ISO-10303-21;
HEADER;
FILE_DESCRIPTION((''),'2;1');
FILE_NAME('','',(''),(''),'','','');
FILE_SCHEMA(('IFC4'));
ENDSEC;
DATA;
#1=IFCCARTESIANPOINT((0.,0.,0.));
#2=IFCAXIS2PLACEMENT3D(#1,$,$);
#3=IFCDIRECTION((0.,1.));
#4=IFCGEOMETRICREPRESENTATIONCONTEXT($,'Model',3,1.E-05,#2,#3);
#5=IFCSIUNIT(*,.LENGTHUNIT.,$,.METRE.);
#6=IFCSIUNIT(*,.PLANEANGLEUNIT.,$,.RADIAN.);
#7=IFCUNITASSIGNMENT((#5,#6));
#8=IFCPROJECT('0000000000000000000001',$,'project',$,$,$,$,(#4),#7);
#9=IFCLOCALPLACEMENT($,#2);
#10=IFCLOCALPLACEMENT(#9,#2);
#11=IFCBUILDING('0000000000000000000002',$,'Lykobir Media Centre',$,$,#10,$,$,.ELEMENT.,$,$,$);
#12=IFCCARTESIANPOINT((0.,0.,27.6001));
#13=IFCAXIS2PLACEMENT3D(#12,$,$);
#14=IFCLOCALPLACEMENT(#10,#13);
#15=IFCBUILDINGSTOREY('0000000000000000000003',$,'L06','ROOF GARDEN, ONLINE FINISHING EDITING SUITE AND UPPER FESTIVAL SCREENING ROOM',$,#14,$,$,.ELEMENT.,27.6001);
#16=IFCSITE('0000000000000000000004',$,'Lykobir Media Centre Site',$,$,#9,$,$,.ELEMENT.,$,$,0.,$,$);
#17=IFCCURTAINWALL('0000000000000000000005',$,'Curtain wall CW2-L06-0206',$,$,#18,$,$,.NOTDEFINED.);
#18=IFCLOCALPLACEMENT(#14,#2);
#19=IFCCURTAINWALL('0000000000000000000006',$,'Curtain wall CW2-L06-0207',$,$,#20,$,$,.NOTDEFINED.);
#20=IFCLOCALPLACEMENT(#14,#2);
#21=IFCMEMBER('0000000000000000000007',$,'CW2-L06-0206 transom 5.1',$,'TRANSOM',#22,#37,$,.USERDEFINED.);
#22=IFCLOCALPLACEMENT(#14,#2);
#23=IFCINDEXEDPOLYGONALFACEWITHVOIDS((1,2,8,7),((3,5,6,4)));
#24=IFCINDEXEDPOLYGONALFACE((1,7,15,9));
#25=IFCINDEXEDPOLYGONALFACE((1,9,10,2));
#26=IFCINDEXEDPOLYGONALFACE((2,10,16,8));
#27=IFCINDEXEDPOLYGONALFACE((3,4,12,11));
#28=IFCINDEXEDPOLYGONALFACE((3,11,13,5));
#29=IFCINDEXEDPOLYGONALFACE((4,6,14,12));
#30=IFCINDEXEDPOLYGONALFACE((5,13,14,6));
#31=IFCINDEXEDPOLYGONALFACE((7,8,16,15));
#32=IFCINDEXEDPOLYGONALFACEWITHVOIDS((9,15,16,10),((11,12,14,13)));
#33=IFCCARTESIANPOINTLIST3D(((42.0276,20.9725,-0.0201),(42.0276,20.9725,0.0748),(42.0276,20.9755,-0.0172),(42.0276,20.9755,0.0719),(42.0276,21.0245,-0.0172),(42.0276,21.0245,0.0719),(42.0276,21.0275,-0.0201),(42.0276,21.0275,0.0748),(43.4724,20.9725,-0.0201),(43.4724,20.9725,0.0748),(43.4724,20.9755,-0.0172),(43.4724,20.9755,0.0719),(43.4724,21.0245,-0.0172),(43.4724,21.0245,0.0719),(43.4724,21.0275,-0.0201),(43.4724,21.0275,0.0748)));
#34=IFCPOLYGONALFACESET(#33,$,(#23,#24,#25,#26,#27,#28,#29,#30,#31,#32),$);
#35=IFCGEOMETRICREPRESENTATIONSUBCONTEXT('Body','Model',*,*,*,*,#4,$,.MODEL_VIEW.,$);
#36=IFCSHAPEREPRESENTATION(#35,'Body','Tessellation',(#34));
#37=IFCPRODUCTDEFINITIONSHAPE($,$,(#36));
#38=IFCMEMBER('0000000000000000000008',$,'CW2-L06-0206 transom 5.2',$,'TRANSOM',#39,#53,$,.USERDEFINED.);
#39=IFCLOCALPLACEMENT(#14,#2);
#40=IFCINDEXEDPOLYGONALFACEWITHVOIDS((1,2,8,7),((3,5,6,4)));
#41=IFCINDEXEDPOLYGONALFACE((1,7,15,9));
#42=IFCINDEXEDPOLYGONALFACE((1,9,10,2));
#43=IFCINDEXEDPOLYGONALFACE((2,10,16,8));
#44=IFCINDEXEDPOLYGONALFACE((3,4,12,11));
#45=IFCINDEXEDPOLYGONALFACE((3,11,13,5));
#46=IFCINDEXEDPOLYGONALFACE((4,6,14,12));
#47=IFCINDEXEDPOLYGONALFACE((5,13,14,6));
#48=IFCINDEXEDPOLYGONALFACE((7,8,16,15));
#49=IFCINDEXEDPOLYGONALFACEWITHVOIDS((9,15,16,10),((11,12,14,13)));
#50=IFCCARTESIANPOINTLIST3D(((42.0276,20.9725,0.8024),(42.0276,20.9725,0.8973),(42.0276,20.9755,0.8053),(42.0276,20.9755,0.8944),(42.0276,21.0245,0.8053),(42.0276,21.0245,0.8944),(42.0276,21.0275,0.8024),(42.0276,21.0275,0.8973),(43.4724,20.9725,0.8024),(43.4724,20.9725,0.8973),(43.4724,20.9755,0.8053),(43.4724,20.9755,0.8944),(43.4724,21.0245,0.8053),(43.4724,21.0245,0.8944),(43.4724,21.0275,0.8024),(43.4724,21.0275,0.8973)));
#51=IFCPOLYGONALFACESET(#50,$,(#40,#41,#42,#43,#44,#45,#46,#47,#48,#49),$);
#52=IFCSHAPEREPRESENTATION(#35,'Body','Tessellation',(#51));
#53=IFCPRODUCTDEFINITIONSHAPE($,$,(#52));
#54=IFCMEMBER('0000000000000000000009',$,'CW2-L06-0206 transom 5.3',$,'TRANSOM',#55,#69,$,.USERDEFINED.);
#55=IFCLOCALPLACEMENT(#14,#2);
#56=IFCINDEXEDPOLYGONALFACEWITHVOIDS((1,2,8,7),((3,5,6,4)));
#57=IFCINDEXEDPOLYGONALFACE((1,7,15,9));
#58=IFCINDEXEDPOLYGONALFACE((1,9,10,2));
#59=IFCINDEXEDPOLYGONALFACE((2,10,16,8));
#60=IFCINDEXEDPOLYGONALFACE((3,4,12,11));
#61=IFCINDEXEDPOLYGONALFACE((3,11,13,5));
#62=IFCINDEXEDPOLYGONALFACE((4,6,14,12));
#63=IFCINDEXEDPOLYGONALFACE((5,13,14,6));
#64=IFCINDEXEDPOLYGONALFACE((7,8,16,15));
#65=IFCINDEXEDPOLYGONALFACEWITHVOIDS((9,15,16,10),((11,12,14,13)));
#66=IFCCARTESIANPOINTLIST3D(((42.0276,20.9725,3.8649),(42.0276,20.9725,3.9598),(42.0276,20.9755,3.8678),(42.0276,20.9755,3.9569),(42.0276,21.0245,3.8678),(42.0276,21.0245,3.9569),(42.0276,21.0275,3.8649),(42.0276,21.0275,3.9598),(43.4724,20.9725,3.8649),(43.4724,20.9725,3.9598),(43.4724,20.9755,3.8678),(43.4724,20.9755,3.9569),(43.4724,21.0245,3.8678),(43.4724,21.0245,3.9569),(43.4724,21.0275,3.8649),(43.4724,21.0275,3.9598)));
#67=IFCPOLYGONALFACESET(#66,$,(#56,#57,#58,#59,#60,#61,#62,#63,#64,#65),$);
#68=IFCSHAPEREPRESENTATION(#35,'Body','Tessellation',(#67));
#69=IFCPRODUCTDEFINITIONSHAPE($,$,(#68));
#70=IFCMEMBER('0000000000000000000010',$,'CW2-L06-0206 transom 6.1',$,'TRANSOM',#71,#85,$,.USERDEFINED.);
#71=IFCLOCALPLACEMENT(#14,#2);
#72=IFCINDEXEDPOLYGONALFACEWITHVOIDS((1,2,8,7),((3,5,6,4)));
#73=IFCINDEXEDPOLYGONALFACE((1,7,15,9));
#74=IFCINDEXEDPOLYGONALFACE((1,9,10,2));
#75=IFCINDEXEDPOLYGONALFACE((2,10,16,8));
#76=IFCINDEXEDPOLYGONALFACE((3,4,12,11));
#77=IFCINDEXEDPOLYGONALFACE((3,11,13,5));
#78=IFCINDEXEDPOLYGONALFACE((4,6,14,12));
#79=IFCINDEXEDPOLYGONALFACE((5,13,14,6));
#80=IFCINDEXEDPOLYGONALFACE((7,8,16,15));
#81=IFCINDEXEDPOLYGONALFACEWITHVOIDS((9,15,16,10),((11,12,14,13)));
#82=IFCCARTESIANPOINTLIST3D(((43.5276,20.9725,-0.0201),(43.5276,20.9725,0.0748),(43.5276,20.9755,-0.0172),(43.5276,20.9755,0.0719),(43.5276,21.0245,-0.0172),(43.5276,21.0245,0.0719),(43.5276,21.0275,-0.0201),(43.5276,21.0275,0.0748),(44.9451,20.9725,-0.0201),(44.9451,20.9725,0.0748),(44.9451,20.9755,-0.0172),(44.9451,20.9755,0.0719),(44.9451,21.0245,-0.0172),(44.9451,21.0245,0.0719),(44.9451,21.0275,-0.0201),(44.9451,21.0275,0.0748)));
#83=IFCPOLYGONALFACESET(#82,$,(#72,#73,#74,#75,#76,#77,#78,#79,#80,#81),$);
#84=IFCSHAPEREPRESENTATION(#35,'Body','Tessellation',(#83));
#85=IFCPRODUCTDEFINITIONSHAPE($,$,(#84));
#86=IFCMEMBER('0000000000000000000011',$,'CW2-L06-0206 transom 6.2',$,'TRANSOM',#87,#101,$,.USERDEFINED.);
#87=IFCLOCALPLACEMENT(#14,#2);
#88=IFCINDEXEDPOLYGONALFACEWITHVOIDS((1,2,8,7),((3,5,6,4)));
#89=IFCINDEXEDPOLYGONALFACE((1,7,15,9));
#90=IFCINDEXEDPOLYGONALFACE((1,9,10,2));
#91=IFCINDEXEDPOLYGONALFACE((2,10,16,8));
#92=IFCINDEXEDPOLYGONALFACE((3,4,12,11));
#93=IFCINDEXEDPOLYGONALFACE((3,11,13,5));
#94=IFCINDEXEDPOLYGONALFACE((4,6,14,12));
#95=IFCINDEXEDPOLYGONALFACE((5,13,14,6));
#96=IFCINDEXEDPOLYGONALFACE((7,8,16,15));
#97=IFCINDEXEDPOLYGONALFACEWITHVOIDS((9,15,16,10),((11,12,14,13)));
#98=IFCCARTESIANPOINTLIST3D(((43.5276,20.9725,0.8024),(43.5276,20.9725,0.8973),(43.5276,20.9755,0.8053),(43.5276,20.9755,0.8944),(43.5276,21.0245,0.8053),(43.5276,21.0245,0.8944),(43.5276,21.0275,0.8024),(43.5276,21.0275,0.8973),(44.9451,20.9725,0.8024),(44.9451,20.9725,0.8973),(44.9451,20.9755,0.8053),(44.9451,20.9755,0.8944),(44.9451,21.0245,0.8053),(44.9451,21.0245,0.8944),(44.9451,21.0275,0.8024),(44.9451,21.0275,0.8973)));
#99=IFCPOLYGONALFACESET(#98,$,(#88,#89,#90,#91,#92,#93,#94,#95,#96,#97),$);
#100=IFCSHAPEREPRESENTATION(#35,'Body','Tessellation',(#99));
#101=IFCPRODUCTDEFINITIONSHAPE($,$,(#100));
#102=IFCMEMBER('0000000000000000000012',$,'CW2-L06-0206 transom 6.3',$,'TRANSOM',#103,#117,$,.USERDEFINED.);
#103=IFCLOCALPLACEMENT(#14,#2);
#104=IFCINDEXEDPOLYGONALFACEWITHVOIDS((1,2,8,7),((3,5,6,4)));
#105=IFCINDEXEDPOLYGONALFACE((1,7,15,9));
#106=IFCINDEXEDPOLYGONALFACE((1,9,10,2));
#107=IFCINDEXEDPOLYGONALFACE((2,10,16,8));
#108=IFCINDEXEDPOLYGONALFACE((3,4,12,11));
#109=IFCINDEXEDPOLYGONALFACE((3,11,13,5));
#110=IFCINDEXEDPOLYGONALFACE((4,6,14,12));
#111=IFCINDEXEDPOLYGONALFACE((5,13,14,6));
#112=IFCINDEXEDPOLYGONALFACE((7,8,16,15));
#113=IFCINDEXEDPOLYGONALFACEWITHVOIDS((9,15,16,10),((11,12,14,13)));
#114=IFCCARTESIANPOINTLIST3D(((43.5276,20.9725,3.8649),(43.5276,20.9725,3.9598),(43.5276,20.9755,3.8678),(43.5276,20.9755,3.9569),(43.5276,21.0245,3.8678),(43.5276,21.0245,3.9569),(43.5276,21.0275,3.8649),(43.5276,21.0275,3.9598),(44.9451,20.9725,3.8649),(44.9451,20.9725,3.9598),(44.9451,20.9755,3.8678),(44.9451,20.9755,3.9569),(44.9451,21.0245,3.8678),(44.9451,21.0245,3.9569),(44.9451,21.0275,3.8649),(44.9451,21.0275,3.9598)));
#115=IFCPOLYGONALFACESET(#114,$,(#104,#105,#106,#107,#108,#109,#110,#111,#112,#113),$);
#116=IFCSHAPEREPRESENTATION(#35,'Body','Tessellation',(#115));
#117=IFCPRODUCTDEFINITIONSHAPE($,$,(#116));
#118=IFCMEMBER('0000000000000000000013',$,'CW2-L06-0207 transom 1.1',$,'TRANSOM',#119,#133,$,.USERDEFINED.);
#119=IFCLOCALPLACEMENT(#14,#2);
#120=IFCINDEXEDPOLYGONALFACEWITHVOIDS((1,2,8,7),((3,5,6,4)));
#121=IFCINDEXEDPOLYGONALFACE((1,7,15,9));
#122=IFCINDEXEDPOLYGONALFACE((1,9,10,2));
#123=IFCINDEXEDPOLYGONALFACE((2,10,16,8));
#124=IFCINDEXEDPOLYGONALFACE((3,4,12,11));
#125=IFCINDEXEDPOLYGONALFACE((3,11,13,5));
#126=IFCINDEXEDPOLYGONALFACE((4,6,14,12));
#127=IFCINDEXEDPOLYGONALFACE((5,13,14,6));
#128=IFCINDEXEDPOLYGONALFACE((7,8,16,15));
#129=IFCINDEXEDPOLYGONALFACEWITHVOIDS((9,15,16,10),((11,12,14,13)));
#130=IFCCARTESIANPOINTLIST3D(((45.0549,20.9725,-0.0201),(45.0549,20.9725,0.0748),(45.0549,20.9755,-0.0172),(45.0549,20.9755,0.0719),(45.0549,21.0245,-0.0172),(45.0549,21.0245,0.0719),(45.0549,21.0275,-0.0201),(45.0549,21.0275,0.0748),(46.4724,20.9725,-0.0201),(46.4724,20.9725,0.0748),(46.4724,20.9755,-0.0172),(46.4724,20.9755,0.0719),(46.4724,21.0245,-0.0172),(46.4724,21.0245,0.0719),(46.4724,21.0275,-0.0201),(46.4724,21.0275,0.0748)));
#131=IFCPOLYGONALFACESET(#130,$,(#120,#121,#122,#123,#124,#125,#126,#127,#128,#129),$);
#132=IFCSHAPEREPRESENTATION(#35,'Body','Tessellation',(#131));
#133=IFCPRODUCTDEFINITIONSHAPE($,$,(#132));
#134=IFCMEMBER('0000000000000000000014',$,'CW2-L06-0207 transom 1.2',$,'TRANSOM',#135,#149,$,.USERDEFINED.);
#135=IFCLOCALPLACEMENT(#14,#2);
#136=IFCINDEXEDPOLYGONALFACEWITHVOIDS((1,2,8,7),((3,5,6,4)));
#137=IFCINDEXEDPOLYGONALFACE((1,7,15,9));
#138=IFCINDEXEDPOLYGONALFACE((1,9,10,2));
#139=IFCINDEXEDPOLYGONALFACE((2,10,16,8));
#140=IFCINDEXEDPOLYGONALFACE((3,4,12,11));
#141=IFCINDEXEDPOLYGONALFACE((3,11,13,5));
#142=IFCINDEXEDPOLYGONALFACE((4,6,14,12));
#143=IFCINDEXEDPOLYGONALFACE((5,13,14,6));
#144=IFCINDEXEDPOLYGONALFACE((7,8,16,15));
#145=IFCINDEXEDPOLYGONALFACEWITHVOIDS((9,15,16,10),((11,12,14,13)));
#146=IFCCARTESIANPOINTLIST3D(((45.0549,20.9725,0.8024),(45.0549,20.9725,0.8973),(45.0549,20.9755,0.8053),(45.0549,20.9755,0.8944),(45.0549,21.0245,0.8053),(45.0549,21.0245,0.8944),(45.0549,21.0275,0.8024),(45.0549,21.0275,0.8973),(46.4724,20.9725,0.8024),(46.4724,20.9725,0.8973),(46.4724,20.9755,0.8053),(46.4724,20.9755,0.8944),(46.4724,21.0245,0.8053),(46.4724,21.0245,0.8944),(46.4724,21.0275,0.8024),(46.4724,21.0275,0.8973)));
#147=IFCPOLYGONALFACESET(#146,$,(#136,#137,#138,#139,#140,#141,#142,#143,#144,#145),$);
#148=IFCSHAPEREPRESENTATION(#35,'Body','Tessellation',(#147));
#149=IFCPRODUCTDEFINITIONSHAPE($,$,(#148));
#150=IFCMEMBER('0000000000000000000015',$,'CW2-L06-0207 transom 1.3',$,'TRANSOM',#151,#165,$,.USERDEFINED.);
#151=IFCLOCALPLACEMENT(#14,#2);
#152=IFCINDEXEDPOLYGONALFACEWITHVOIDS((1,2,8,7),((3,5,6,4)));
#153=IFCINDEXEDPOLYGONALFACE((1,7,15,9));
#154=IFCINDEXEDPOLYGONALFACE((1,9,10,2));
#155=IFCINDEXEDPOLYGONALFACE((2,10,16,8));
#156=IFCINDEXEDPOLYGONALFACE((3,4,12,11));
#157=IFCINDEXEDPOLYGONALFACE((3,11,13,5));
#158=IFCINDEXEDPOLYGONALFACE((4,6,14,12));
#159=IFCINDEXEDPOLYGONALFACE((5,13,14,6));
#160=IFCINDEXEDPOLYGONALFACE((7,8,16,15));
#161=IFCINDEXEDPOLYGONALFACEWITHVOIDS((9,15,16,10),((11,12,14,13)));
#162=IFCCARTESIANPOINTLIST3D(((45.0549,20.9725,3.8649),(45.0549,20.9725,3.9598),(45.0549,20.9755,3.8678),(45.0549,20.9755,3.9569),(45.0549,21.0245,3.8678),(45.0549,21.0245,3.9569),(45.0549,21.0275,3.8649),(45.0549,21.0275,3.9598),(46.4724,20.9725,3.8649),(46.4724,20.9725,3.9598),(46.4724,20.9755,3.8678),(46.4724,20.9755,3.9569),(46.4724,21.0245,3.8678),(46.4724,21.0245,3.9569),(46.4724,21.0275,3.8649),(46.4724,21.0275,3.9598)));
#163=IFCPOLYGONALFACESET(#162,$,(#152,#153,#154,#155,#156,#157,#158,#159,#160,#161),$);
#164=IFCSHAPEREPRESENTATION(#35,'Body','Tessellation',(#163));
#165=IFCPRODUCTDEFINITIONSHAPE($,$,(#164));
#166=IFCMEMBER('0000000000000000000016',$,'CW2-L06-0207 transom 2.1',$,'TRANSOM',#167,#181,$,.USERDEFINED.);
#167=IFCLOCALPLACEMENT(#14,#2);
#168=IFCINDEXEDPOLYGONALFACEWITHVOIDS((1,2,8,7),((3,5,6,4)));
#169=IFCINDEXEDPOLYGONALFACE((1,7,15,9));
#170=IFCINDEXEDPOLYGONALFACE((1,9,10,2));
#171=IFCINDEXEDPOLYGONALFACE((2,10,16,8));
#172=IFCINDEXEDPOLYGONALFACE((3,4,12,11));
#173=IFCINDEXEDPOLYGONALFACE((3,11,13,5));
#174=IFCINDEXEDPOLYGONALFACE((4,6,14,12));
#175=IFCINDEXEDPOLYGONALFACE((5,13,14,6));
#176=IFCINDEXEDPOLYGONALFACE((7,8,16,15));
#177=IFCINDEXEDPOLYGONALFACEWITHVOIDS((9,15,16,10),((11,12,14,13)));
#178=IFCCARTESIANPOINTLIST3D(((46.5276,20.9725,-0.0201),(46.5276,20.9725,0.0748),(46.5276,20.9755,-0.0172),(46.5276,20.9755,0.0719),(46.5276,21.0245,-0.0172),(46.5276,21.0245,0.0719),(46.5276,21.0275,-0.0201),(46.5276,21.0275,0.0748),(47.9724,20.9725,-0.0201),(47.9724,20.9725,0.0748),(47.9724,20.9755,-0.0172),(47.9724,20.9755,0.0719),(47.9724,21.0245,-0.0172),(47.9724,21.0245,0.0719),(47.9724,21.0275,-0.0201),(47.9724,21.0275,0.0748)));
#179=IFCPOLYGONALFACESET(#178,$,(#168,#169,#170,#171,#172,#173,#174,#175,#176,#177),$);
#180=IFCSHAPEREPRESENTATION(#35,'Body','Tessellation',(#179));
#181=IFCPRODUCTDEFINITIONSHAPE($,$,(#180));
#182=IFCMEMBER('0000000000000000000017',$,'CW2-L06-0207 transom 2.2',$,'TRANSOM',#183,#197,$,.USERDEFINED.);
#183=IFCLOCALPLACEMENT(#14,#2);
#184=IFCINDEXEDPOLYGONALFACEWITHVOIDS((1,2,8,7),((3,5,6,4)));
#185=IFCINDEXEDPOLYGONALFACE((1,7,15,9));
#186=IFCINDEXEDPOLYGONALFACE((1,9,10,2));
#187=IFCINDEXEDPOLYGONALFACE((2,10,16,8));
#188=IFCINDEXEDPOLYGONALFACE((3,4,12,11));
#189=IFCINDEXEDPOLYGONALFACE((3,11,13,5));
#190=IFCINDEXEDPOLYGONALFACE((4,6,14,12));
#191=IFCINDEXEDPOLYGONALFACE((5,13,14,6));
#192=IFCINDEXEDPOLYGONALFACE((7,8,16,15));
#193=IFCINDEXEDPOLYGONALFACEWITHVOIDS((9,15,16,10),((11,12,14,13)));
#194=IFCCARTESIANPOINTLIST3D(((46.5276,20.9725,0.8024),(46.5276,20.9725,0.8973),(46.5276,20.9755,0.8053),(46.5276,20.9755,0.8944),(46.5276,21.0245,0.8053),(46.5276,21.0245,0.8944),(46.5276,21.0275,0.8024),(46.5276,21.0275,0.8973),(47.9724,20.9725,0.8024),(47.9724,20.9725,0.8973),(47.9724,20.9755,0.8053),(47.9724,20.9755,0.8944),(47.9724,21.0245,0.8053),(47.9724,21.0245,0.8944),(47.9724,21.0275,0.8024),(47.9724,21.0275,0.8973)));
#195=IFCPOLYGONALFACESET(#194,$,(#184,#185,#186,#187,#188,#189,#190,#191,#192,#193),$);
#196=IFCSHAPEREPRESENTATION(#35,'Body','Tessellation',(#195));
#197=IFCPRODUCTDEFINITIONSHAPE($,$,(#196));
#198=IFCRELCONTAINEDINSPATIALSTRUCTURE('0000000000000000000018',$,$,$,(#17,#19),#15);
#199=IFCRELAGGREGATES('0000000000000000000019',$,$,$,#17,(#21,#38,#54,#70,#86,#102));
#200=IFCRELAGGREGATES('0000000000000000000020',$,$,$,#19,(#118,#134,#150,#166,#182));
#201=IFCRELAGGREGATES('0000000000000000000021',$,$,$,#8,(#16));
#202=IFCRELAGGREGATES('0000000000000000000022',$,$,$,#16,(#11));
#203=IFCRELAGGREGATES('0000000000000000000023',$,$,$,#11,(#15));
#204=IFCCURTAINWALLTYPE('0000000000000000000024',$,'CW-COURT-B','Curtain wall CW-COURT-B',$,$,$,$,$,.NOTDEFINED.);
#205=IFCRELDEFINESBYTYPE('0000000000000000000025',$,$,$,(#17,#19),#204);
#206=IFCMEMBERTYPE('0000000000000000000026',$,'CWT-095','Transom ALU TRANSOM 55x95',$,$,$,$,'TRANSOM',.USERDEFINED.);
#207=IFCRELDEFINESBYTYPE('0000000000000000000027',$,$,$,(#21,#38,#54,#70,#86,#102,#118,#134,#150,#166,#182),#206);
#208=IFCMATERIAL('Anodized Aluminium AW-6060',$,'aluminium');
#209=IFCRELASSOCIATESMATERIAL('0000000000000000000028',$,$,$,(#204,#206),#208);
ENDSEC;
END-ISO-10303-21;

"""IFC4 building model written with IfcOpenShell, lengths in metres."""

from ifc_helpers import new_model, si_unit, direction, frame, origin, origin_2d, place, context, subcontext, project, spatial, hollow_rectangle, extrude, material, material_profile, profile_set, type_object, element, aggregate, save


model = new_model("IFC4")

# Units and contexts
model_context = context("Model", 3, precision=1e-05, world=origin(), true_north=direction((0.0, 1.0)))
body_context = subcontext(model_context, "Body", "Model", "MODEL_VIEW")
ifc_project = project(units=[si_unit("LENGTHUNIT", "METRE"), si_unit("PLANEANGLEUNIT", "RADIAN")], contexts=[model_context])

# Site, building, storey
site_placement = place(None, origin())
site = spatial("IfcSite", under=ifc_project, at=site_placement, Name="Lykobir Media Centre Site", CompositionType="ELEMENT", RefElevation=0.0)
building_placement = place(site_placement, origin())
building = spatial("IfcBuilding", under=site, at=building_placement, Name="Lykobir Media Centre", CompositionType="ELEMENT")
storey_placement = place(building_placement, frame((0.0, 0.0, 27.6001)))
storey = spatial("IfcBuildingStorey", under=building, at=storey_placement, Name="L06", Description="ROOF GARDEN, ONLINE FINISHING EDITING SUITE AND UPPER FESTIVAL SCREENING ROOM", CompositionType="ELEMENT", Elevation=27.6001)

# Curtain walls
ifc_material_1 = material(Name="Anodized Aluminium AW-6060", Category="aluminium")
curtain_wall_type = type_object("IfcCurtainWallType", Name="CW-COURT-B", Description="Curtain wall CW-COURT-B", PredefinedType="NOTDEFINED", material=ifc_material_1)
curtain_wall_1_placement = place(storey_placement, origin())
curtain_wall_1 = element("IfcCurtainWall", 1, at=curtain_wall_1_placement, inside=storey, type_object=curtain_wall_type, Name="Curtain wall CW2-L06-0206", PredefinedType="NOTDEFINED")
curtain_wall_2_placement = place(storey_placement, origin())
curtain_wall_2 = element("IfcCurtainWall", 2, at=curtain_wall_2_placement, inside=storey, type_object=curtain_wall_type, Name="Curtain wall CW2-L06-0207", PredefinedType="NOTDEFINED")

# Members
ifc_material_profile_1 = material_profile(ifc_material_1, hollow_rectangle(XDim=0.0549, YDim=0.095, WallThickness=0.0029, at=origin_2d()), Name="ALU TRANSOM 55x95")
ifc_profile_set_1 = profile_set([ifc_material_profile_1], Name="Anodized Aluminium AW-6060")
member_type_1 = type_object("IfcMemberType", Name="CWT-095", Description="Transom ALU TRANSOM 55x95", ElementType="TRANSOM", PredefinedType="USERDEFINED", material=ifc_profile_set_1)
member_1_placement = place(storey_placement, frame((42.0276, 21.0, 0.0273), z_axis=(1.0, 0.0, 0.0), x_axis=(0.0, 1.0, 0.0)))
member_1 = element("IfcMember", 3, at=member_1_placement, type_object=member_type_1, Name="CW2-L06-0206 transom 5.1", ObjectType="TRANSOM", PredefinedType="USERDEFINED", context=body_context, shape_type="SweptSolid", body=[
    extrude(hollow_rectangle(XDim=0.0549, YDim=0.095, WallThickness=0.0029, at=origin_2d()), origin(), (0.0, 0.0, 1.0), 1.4448),
])
member_2_placement = place(storey_placement, frame((42.0276, 21.0, 0.8499), z_axis=(1.0, 0.0, 0.0), x_axis=(0.0, 1.0, 0.0)))
member_2 = element("IfcMember", 4, at=member_2_placement, type_object=member_type_1, Name="CW2-L06-0206 transom 5.2", ObjectType="TRANSOM", PredefinedType="USERDEFINED", context=body_context, shape_type="SweptSolid", body=[
    extrude(hollow_rectangle(XDim=0.0549, YDim=0.095, WallThickness=0.0029, at=origin_2d()), origin(), (0.0, 0.0, 1.0), 1.4448),
])
member_3_placement = place(storey_placement, frame((42.0276, 21.0, 3.9124), z_axis=(1.0, 0.0, 0.0), x_axis=(0.0, 1.0, 0.0)))
member_3 = element("IfcMember", 5, at=member_3_placement, type_object=member_type_1, Name="CW2-L06-0206 transom 5.3", ObjectType="TRANSOM", PredefinedType="USERDEFINED", context=body_context, shape_type="SweptSolid", body=[
    extrude(hollow_rectangle(XDim=0.0549, YDim=0.095, WallThickness=0.0029, at=origin_2d()), origin(), (0.0, 0.0, 1.0), 1.4448),
])
member_4_placement = place(storey_placement, frame((43.5276, 21.0, 0.0273), z_axis=(1.0, 0.0, 0.0), x_axis=(0.0, 1.0, 0.0)))
member_4 = element("IfcMember", 6, at=member_4_placement, type_object=member_type_1, Name="CW2-L06-0206 transom 6.1", ObjectType="TRANSOM", PredefinedType="USERDEFINED", context=body_context, shape_type="SweptSolid", body=[
    extrude(hollow_rectangle(XDim=0.0549, YDim=0.095, WallThickness=0.0029, at=origin_2d()), origin(), (0.0, 0.0, 1.0), 1.4175),
])
member_5_placement = place(storey_placement, frame((43.5276, 21.0, 0.8499), z_axis=(1.0, 0.0, 0.0), x_axis=(0.0, 1.0, 0.0)))
member_5 = element("IfcMember", 7, at=member_5_placement, type_object=member_type_1, Name="CW2-L06-0206 transom 6.2", ObjectType="TRANSOM", PredefinedType="USERDEFINED", context=body_context, shape_type="SweptSolid", body=[
    extrude(hollow_rectangle(XDim=0.0549, YDim=0.095, WallThickness=0.0029, at=origin_2d()), origin(), (0.0, 0.0, 1.0), 1.4175),
])
member_6_placement = place(storey_placement, frame((43.5276, 21.0, 3.9124), z_axis=(1.0, 0.0, 0.0), x_axis=(0.0, 1.0, 0.0)))
member_6 = element("IfcMember", 8, at=member_6_placement, type_object=member_type_1, Name="CW2-L06-0206 transom 6.3", ObjectType="TRANSOM", PredefinedType="USERDEFINED", context=body_context, shape_type="SweptSolid", body=[
    extrude(hollow_rectangle(XDim=0.0549, YDim=0.095, WallThickness=0.0029, at=origin_2d()), origin(), (0.0, 0.0, 1.0), 1.4175),
])
member_7_placement = place(storey_placement, frame((45.0549, 21.0, 0.0273), z_axis=(1.0, 0.0, 0.0), x_axis=(0.0, 1.0, 0.0)))
member_7 = element("IfcMember", 9, at=member_7_placement, type_object=member_type_1, Name="CW2-L06-0207 transom 1.1", ObjectType="TRANSOM", PredefinedType="USERDEFINED", context=body_context, shape_type="SweptSolid", body=[
    extrude(hollow_rectangle(XDim=0.0549, YDim=0.095, WallThickness=0.0029, at=origin_2d()), origin(), (0.0, 0.0, 1.0), 1.4175),
])
member_8_placement = place(storey_placement, frame((45.0549, 21.0, 0.8499), z_axis=(1.0, 0.0, 0.0), x_axis=(0.0, 1.0, 0.0)))
member_8 = element("IfcMember", 10, at=member_8_placement, type_object=member_type_1, Name="CW2-L06-0207 transom 1.2", ObjectType="TRANSOM", PredefinedType="USERDEFINED", context=body_context, shape_type="SweptSolid", body=[
    extrude(hollow_rectangle(XDim=0.0549, YDim=0.095, WallThickness=0.0029, at=origin_2d()), origin(), (0.0, 0.0, 1.0), 1.4175),
])
member_9_placement = place(storey_placement, frame((45.0549, 21.0, 3.9124), z_axis=(1.0, 0.0, 0.0), x_axis=(0.0, 1.0, 0.0)))
member_9 = element("IfcMember", 11, at=member_9_placement, type_object=member_type_1, Name="CW2-L06-0207 transom 1.3", ObjectType="TRANSOM", PredefinedType="USERDEFINED", context=body_context, shape_type="SweptSolid", body=[
    extrude(hollow_rectangle(XDim=0.0549, YDim=0.095, WallThickness=0.0029, at=origin_2d()), origin(), (0.0, 0.0, 1.0), 1.4175),
])
member_10_placement = place(storey_placement, frame((46.5276, 21.0, 0.0273), z_axis=(1.0, 0.0, 0.0), x_axis=(0.0, 1.0, 0.0)))
member_10 = element("IfcMember", 12, at=member_10_placement, type_object=member_type_1, Name="CW2-L06-0207 transom 2.1", ObjectType="TRANSOM", PredefinedType="USERDEFINED", context=body_context, shape_type="SweptSolid", body=[
    extrude(hollow_rectangle(XDim=0.0549, YDim=0.095, WallThickness=0.0029, at=origin_2d()), origin(), (0.0, 0.0, 1.0), 1.4448),
])
member_11_placement = place(storey_placement, frame((46.5276, 21.0, 0.8499), z_axis=(1.0, 0.0, 0.0), x_axis=(0.0, 1.0, 0.0)))
member_11 = element("IfcMember", 13, at=member_11_placement, type_object=member_type_1, Name="CW2-L06-0207 transom 2.2", ObjectType="TRANSOM", PredefinedType="USERDEFINED", context=body_context, shape_type="SweptSolid", body=[
    extrude(hollow_rectangle(XDim=0.0549, YDim=0.095, WallThickness=0.0029, at=origin_2d()), origin(), (0.0, 0.0, 1.0), 1.4448),
])

aggregate(curtain_wall_1, [member_1, member_2, member_3, member_4, member_5, member_6])
aggregate(curtain_wall_2, [member_7, member_8, member_9, member_10, member_11])

save(model, "model.ifc")
